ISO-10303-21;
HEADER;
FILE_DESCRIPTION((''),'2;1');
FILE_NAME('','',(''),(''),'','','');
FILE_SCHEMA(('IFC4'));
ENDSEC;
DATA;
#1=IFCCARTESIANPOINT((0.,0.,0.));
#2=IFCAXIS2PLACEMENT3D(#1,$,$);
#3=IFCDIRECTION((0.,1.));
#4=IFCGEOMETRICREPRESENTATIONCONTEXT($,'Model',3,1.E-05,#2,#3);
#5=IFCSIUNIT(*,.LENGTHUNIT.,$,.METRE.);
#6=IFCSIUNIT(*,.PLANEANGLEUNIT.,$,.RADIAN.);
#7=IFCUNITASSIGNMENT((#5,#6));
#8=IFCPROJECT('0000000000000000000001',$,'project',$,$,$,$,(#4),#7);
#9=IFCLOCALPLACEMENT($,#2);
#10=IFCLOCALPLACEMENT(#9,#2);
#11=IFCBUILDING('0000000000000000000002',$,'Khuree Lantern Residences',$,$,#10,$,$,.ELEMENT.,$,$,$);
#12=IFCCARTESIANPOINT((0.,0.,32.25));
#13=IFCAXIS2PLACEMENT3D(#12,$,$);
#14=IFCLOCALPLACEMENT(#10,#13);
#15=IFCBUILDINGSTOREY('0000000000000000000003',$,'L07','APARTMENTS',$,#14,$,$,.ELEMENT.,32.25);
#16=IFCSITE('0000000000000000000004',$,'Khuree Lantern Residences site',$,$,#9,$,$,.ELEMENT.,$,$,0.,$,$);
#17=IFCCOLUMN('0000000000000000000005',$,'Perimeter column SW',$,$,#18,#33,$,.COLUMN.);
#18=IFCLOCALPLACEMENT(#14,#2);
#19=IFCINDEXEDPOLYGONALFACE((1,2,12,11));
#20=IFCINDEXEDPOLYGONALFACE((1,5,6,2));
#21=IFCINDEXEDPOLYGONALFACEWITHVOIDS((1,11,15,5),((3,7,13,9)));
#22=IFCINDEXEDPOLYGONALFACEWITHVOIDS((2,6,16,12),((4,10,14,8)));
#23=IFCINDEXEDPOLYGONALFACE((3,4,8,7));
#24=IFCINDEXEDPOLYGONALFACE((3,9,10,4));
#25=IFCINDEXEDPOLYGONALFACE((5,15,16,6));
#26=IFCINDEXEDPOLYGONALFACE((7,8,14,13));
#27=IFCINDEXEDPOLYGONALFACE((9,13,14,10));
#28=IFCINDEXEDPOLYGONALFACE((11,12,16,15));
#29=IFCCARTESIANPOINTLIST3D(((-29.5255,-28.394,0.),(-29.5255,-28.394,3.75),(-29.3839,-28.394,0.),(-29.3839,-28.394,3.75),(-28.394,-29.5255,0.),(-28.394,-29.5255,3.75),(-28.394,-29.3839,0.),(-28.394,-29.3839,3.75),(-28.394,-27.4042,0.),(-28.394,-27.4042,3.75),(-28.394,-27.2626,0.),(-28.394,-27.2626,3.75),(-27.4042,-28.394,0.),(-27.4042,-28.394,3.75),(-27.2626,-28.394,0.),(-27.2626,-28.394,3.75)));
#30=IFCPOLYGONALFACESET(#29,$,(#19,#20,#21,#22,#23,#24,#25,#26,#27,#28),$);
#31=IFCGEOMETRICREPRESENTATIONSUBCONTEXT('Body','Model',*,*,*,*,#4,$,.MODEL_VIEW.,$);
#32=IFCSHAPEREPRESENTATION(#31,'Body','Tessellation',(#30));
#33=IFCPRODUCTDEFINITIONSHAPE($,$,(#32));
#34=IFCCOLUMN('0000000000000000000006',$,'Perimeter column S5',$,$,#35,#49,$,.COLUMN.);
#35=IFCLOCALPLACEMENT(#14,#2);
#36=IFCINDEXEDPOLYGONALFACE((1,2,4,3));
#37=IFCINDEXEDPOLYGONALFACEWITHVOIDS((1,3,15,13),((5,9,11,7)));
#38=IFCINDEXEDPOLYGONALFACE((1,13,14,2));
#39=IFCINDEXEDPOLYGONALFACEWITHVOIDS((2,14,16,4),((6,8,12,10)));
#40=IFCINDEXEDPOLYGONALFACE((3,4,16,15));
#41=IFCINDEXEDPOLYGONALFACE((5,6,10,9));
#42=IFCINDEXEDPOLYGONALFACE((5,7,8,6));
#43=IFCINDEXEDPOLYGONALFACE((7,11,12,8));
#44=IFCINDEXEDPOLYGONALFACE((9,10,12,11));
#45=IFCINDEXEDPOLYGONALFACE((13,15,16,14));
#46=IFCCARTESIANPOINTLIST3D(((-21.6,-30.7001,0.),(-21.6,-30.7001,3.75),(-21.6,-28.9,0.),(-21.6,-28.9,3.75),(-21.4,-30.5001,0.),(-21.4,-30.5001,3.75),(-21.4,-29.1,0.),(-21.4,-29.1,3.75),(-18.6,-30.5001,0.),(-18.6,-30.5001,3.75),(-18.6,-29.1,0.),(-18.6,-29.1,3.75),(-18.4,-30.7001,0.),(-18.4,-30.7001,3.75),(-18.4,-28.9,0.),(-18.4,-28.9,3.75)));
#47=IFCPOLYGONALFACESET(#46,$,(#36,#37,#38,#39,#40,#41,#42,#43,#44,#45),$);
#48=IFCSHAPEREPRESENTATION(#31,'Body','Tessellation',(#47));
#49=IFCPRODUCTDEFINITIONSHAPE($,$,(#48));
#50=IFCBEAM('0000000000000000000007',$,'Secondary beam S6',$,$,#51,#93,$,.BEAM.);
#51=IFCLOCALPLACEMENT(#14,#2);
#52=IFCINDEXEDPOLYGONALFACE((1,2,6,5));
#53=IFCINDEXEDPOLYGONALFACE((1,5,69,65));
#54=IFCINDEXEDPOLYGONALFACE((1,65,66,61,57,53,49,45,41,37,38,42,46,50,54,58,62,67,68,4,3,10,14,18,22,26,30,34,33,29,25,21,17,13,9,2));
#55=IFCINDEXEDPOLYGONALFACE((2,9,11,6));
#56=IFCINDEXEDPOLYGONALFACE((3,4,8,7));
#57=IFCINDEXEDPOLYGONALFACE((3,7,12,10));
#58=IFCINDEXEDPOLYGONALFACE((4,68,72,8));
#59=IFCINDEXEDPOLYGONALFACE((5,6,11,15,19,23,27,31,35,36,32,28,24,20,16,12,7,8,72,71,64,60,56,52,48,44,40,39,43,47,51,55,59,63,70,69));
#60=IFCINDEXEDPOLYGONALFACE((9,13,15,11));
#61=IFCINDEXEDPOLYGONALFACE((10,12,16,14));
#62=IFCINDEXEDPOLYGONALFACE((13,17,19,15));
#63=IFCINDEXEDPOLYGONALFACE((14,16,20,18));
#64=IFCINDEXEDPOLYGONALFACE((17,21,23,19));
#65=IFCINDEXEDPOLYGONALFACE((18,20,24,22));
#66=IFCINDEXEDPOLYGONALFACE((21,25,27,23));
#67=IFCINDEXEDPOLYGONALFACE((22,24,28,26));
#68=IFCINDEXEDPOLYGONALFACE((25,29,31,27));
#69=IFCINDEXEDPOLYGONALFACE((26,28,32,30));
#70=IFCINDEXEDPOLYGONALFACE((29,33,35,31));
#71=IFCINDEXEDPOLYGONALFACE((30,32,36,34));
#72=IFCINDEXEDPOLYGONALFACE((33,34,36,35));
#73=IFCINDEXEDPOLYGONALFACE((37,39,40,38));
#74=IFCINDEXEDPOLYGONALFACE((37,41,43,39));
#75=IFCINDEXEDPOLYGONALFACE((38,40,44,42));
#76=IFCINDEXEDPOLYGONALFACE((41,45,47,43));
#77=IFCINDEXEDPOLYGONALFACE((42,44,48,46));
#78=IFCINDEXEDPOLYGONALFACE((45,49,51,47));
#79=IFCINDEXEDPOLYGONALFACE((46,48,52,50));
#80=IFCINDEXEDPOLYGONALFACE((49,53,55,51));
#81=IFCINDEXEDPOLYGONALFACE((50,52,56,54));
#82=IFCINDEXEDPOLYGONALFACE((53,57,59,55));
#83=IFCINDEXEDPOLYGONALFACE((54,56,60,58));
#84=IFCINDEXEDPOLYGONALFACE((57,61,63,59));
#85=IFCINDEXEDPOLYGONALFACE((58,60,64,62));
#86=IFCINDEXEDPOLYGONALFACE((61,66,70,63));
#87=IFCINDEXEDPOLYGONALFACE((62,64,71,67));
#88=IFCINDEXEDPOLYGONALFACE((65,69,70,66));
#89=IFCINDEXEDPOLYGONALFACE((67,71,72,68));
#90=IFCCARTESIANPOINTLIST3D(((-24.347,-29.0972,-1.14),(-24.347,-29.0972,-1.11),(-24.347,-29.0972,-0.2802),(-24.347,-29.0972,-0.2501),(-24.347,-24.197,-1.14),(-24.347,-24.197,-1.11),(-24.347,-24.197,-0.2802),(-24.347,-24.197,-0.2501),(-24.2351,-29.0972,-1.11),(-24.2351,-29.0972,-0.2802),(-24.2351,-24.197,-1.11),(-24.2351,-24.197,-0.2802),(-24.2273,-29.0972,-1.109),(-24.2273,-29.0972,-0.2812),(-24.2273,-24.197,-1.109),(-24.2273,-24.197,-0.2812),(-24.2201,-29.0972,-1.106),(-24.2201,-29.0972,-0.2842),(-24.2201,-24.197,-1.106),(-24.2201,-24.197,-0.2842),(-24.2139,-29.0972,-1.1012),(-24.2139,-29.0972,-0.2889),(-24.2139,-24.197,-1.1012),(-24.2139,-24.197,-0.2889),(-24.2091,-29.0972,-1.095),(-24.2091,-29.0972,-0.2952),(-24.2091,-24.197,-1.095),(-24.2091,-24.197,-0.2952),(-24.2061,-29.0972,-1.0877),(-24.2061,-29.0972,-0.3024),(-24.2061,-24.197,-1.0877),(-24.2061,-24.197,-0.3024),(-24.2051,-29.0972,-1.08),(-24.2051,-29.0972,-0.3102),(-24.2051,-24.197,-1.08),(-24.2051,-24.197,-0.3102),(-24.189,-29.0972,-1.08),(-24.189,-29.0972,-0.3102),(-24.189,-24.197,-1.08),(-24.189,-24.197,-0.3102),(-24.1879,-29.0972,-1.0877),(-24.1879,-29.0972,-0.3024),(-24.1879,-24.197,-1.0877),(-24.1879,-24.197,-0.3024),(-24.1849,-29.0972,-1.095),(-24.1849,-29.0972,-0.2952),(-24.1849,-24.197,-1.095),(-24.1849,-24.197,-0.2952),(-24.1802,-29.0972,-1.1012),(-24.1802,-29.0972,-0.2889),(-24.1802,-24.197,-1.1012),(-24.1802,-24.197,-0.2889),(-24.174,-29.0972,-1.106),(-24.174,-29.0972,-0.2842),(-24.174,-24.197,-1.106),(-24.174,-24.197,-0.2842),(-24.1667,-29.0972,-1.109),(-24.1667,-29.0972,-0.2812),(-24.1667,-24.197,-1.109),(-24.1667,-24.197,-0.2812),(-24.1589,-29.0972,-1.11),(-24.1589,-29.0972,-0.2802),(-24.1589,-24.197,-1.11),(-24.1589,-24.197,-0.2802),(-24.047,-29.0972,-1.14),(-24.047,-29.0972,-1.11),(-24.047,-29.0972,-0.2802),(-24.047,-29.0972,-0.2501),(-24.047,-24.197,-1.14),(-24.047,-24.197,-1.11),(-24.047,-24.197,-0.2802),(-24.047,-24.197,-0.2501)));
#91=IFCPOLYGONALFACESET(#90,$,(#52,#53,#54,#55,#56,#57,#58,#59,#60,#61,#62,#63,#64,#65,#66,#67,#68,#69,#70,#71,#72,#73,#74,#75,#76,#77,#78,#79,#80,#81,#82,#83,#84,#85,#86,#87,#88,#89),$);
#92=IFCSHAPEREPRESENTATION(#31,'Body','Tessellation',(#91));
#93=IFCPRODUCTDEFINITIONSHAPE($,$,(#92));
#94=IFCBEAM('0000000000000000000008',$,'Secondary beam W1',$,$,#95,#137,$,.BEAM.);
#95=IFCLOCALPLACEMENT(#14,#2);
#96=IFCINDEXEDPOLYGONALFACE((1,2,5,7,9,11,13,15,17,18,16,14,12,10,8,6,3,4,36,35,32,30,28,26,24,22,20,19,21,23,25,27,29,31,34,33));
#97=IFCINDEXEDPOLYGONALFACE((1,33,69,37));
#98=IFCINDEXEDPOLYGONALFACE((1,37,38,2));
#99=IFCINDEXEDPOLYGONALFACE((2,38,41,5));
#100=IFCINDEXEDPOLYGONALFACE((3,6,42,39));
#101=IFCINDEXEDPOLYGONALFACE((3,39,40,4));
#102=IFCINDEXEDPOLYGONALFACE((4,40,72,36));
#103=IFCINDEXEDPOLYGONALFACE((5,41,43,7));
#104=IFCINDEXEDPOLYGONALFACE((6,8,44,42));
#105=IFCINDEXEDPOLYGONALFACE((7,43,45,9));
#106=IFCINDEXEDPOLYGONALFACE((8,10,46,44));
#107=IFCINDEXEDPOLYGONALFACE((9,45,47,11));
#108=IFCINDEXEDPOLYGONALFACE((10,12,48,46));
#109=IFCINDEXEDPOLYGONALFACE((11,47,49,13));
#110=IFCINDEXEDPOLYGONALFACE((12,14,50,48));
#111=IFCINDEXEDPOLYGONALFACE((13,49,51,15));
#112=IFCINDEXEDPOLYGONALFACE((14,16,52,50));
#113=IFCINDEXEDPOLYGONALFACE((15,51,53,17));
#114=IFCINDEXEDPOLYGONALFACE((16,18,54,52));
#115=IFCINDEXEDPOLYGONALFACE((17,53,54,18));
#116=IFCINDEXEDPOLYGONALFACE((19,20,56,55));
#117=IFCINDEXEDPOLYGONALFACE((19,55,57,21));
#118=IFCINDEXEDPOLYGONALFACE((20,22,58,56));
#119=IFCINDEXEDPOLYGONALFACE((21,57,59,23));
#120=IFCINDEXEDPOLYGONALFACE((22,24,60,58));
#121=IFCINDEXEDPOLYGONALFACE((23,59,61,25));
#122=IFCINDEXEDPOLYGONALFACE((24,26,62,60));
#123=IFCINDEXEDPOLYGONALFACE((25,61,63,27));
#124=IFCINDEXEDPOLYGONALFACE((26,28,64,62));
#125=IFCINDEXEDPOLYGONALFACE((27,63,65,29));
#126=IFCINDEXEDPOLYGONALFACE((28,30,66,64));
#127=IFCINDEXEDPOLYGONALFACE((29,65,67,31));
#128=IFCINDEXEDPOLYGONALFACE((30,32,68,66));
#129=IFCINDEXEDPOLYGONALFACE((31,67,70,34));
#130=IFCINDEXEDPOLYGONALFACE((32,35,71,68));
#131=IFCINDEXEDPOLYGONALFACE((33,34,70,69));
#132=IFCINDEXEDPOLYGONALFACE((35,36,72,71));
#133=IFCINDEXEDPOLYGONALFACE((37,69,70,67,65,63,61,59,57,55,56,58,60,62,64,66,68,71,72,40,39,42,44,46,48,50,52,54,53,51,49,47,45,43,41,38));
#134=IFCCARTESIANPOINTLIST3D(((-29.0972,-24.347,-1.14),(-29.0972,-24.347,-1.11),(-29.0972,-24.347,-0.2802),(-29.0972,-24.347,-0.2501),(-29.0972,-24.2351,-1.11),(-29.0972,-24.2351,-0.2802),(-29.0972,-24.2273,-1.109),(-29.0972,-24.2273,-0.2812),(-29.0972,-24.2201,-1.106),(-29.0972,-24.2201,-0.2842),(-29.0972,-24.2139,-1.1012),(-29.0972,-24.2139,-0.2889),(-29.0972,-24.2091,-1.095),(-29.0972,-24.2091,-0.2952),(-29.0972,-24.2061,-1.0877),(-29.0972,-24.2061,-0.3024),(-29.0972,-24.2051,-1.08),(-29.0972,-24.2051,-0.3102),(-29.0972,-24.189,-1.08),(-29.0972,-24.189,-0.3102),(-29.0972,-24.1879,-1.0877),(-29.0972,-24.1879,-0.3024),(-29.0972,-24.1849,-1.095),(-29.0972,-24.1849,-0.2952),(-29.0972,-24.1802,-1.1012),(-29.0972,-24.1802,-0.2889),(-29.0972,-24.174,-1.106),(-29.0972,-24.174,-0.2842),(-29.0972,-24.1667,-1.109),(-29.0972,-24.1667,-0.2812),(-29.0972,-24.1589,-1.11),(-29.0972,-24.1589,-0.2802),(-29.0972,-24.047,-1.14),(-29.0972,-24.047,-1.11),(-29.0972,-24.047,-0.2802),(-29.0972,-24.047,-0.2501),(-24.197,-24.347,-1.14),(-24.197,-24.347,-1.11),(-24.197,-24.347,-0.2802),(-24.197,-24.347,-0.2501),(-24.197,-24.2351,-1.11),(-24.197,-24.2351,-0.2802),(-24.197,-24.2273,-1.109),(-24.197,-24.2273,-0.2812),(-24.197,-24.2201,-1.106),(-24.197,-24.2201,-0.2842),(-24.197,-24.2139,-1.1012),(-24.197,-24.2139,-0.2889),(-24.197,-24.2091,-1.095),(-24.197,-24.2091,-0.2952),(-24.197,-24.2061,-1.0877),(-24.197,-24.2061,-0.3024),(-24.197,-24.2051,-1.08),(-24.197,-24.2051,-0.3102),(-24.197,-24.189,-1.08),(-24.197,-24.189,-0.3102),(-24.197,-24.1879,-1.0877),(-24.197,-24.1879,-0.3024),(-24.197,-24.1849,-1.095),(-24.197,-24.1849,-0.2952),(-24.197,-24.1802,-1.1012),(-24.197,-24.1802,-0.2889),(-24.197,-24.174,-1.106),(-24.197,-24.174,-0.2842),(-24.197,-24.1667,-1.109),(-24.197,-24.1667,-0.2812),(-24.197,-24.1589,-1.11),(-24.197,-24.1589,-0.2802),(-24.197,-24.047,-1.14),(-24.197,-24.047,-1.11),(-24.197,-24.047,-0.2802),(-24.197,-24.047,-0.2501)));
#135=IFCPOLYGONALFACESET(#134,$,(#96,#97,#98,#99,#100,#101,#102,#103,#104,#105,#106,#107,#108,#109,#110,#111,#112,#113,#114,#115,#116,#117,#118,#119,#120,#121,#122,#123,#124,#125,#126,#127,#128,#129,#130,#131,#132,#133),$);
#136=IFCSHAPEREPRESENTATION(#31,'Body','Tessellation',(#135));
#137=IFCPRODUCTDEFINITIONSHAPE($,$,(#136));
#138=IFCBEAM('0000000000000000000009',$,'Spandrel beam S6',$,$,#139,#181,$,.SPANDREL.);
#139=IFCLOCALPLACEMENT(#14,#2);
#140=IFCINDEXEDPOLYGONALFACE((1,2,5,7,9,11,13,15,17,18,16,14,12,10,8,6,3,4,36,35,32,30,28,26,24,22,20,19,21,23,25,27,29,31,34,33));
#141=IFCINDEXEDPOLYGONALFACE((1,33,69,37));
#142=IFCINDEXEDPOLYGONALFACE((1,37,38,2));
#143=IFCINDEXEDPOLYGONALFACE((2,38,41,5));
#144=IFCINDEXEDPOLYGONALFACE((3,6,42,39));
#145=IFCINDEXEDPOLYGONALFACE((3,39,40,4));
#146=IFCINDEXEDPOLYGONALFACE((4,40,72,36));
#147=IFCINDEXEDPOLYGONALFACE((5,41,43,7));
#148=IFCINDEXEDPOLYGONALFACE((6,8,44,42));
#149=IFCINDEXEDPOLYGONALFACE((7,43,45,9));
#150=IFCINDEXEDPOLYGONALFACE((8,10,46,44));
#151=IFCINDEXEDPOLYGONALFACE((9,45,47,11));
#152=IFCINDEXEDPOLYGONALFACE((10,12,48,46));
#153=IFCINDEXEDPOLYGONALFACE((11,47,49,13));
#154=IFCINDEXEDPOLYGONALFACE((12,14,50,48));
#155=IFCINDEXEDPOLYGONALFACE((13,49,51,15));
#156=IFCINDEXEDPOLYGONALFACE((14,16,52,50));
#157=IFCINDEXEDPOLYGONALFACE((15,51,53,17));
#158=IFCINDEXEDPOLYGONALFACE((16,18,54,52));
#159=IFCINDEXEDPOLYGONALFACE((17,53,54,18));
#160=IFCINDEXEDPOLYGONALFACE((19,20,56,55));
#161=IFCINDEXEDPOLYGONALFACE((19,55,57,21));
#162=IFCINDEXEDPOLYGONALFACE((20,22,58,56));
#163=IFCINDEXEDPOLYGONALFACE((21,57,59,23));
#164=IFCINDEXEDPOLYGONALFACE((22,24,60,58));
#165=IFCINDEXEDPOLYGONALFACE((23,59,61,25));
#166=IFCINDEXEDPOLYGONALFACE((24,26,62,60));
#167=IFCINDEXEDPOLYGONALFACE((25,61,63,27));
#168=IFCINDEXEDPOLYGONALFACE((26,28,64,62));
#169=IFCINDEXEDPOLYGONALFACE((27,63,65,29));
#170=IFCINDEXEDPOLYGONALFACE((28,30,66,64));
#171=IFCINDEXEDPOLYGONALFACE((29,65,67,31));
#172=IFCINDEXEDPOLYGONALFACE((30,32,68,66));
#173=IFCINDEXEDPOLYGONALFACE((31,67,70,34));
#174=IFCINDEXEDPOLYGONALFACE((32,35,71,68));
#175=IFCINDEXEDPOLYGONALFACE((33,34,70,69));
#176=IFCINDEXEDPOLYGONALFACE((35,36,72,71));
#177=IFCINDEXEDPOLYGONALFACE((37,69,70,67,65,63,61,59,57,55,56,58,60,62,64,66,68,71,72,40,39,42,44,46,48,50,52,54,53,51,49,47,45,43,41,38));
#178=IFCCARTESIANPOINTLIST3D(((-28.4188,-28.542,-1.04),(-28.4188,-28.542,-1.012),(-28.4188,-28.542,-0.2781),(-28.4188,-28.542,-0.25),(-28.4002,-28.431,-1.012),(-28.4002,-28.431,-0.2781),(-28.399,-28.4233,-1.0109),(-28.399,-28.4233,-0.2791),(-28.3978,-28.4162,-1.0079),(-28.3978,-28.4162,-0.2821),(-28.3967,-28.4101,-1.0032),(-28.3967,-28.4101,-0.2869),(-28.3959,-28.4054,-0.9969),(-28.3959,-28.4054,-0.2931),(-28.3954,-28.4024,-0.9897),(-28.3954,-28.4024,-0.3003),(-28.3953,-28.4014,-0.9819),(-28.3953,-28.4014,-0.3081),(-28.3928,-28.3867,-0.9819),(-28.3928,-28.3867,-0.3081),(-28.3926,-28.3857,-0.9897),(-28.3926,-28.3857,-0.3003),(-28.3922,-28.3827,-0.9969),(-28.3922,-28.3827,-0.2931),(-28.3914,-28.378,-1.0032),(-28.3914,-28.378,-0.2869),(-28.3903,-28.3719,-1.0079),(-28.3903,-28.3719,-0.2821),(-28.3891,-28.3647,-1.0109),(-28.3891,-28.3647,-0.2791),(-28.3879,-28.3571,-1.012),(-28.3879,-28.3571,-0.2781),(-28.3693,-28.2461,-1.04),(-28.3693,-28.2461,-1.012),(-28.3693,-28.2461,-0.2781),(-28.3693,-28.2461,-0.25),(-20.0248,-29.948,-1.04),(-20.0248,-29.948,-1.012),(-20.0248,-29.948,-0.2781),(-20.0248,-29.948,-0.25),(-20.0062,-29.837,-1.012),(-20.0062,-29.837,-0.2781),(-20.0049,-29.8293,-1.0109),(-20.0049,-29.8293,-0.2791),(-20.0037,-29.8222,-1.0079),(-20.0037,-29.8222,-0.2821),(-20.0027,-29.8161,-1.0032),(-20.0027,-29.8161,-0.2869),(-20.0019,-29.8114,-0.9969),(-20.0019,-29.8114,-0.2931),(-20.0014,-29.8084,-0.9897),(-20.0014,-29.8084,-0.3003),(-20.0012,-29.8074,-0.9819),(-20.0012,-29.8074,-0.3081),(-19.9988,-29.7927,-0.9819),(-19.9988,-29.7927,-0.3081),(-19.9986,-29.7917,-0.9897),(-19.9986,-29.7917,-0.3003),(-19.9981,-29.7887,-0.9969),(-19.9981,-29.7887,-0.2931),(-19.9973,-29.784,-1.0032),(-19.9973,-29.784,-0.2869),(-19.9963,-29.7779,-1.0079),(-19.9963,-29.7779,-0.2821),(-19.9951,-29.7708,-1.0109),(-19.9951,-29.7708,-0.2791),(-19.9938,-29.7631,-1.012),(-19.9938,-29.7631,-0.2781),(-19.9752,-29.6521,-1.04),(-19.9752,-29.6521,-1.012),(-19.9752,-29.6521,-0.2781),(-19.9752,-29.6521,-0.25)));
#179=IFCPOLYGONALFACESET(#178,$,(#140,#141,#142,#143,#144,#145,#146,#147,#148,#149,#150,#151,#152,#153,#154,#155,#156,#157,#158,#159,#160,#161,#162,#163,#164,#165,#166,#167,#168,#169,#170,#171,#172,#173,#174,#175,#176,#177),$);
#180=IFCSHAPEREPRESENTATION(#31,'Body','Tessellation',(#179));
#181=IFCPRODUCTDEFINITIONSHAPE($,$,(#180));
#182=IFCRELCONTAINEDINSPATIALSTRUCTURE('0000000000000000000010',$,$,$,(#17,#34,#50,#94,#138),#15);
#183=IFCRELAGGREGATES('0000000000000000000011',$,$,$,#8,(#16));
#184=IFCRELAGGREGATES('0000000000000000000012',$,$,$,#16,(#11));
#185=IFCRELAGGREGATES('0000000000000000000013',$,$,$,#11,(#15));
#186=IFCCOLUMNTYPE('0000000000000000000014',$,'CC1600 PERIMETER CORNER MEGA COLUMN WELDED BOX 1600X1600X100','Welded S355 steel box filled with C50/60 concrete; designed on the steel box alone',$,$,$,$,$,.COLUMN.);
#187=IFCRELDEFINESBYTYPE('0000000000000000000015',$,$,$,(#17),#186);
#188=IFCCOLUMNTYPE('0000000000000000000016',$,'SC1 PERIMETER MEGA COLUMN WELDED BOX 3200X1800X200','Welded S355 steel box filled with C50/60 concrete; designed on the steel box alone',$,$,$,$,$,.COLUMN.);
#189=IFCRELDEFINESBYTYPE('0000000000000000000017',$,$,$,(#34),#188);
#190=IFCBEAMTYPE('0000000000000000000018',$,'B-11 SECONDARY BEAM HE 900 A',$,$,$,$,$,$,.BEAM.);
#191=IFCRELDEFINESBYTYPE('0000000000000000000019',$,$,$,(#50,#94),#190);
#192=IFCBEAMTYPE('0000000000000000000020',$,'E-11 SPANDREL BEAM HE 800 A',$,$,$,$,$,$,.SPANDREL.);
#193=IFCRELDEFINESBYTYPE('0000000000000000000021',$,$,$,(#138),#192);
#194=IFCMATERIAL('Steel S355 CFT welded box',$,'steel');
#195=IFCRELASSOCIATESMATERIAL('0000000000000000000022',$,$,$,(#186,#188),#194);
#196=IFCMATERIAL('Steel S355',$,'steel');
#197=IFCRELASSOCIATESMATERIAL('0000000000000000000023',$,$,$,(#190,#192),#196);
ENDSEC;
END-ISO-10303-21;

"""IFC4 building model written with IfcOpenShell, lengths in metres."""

from ifc_helpers import new_model, si_unit, direction, frame, origin, origin_2d, place, context, subcontext, project, spatial, hollow_rectangle, i_section, extrude, material, material_profile, profile_set, type_object, element, save


model = new_model("IFC4")

# Units and contexts
model_context = context("Model", 3, precision=1e-05, world=origin(), true_north=direction((0.0, 1.0)))
body_context = subcontext(model_context, "Body", "Model", "MODEL_VIEW")
ifc_project = project(units=[si_unit("LENGTHUNIT", "METRE"), si_unit("PLANEANGLEUNIT", "RADIAN")], contexts=[model_context])

# Site, building, storey
site_placement = place(None, origin())
site = spatial("IfcSite", under=ifc_project, at=site_placement, Name="Khuree Lantern Residences site", CompositionType="ELEMENT", RefElevation=0.0)
building_placement = place(site_placement, origin())
building = spatial("IfcBuilding", under=site, at=building_placement, Name="Khuree Lantern Residences", CompositionType="ELEMENT")
storey_placement = place(building_placement, frame((0.0, 0.0, 32.25)))
storey = spatial("IfcBuildingStorey", under=building, at=storey_placement, Name="L07", Description="APARTMENTS", CompositionType="ELEMENT", Elevation=32.25)

# Columns
ifc_material_1 = material(Name="Steel S355 CFT welded box", Category="steel")
ifc_material_profile_1 = material_profile(ifc_material_1, hollow_rectangle(XDim=1.6001, YDim=1.6001, WallThickness=0.1001, at=origin_2d()), Name="WELDED BOX 1600X1600X100")
ifc_profile_set_1 = profile_set([ifc_material_profile_1], Name="Steel S355 CFT welded box")
column_type_1 = type_object("IfcColumnType", Name="CC1600 PERIMETER CORNER MEGA COLUMN WELDED BOX 1600X1600X100", Description="Welded S355 steel box filled with C50/60 concrete; designed on the steel box alone", PredefinedType="COLUMN", material=ifc_profile_set_1)
column_1_placement = place(storey_placement, frame((-28.394, -28.394, 0.0), z_axis=(0.0, 0.0, 1.0), x_axis=(0.707107, -0.707107, 0.0)))
element("IfcColumn", 1, at=column_1_placement, inside=storey, type_object=column_type_1, Name="Perimeter column SW", PredefinedType="COLUMN", context=body_context, shape_type="SweptSolid", body=[
    extrude(hollow_rectangle(XDim=1.6001, YDim=1.6001, WallThickness=0.1001, at=origin_2d()), origin(), (0.0, 0.0, 1.0), 3.75),
])
ifc_material_profile_2 = material_profile(ifc_material_1, hollow_rectangle(XDim=3.2, YDim=1.8, WallThickness=0.2, at=origin_2d()), Name="WELDED BOX 3200X1800X200")
ifc_profile_set_2 = profile_set([ifc_material_profile_2], Name="Steel S355 CFT welded box")
column_type_2 = type_object("IfcColumnType", Name="SC1 PERIMETER MEGA COLUMN WELDED BOX 3200X1800X200", Description="Welded S355 steel box filled with C50/60 concrete; designed on the steel box alone", PredefinedType="COLUMN", material=ifc_profile_set_2)
column_2_placement = place(storey_placement, frame((-20.0, -29.8, 0.0), z_axis=(0.0, 0.0, 1.0), x_axis=(1.0, 0.0, 0.0)))
element("IfcColumn", 2, at=column_2_placement, inside=storey, type_object=column_type_2, Name="Perimeter column S5", PredefinedType="COLUMN", context=body_context, shape_type="SweptSolid", body=[
    extrude(hollow_rectangle(XDim=3.2, YDim=1.8, WallThickness=0.2, at=origin_2d()), origin(), (0.0, 0.0, 1.0), 3.75),
])

# Beams
ifc_material_2 = material(Name="Steel S355", Category="steel")
ifc_material_profile_3 = material_profile(ifc_material_2, i_section(OverallWidth=0.3, OverallDepth=0.8899, WebThickness=0.0161, FlangeThickness=0.03, FilletRadius=0.03, at=origin_2d()), Name="HE 900 A")
ifc_profile_set_3 = profile_set([ifc_material_profile_3], Name="Steel S355")
beam_type_1 = type_object("IfcBeamType", Name="B-11 SECONDARY BEAM HE 900 A", PredefinedType="BEAM", material=ifc_profile_set_3)
for number, where, z_axis, x_axis, name in (
    (3, (-24.197, -29.0972, -0.6951), (0.0, 1.0, 0.0), (-1.0, 0.0, 0.0), "Secondary beam S6"),
    (4, (-29.0972, -24.197, -0.6951), (1.0, 0.0, 0.0), (0.0, 1.0, 0.0), "Secondary beam W1"),
):
    element("IfcBeam", number, at=place(storey_placement, frame(where, z_axis=z_axis, x_axis=x_axis)), inside=storey, type_object=beam_type_1, Name=name, PredefinedType="BEAM", context=body_context, shape_type="SweptSolid", body=[
        extrude(i_section(OverallWidth=0.3, OverallDepth=0.8899, WebThickness=0.0161, FlangeThickness=0.03, FilletRadius=0.03, at=origin_2d()), origin(), (0.0, 0.0, 1.0), 4.9001),
    ])
ifc_material_profile_4 = material_profile(ifc_material_2, i_section(OverallWidth=0.3, OverallDepth=0.79, WebThickness=0.0149, FlangeThickness=0.0281, FilletRadius=0.03, at=origin_2d()), Name="HE 800 A")
ifc_profile_set_4 = profile_set([ifc_material_profile_4], Name="Steel S355")
beam_type_2 = type_object("IfcBeamType", Name="E-11 SPANDREL BEAM HE 800 A", PredefinedType="SPANDREL", material=ifc_profile_set_4)
for number, where, z_axis, x_axis, name in (
    (5, (-20.0, -29.8, -0.645), (-0.98626, 0.165199, 0.0), (-0.165199, -0.98626, 0.0), "Spandrel beam S6"),
):
    element("IfcBeam", number, at=place(storey_placement, frame(where, z_axis=z_axis, x_axis=x_axis)), inside=storey, type_object=beam_type_2, Name=name, PredefinedType="SPANDREL", context=body_context, shape_type="SweptSolid", body=[
        extrude(i_section(OverallWidth=0.3, OverallDepth=0.79, WebThickness=0.0149, FlangeThickness=0.0281, FilletRadius=0.03, at=origin_2d()), origin(), (0.0, 0.0, 1.0), 8.511),
    ])

save(model, "model.ifc")
